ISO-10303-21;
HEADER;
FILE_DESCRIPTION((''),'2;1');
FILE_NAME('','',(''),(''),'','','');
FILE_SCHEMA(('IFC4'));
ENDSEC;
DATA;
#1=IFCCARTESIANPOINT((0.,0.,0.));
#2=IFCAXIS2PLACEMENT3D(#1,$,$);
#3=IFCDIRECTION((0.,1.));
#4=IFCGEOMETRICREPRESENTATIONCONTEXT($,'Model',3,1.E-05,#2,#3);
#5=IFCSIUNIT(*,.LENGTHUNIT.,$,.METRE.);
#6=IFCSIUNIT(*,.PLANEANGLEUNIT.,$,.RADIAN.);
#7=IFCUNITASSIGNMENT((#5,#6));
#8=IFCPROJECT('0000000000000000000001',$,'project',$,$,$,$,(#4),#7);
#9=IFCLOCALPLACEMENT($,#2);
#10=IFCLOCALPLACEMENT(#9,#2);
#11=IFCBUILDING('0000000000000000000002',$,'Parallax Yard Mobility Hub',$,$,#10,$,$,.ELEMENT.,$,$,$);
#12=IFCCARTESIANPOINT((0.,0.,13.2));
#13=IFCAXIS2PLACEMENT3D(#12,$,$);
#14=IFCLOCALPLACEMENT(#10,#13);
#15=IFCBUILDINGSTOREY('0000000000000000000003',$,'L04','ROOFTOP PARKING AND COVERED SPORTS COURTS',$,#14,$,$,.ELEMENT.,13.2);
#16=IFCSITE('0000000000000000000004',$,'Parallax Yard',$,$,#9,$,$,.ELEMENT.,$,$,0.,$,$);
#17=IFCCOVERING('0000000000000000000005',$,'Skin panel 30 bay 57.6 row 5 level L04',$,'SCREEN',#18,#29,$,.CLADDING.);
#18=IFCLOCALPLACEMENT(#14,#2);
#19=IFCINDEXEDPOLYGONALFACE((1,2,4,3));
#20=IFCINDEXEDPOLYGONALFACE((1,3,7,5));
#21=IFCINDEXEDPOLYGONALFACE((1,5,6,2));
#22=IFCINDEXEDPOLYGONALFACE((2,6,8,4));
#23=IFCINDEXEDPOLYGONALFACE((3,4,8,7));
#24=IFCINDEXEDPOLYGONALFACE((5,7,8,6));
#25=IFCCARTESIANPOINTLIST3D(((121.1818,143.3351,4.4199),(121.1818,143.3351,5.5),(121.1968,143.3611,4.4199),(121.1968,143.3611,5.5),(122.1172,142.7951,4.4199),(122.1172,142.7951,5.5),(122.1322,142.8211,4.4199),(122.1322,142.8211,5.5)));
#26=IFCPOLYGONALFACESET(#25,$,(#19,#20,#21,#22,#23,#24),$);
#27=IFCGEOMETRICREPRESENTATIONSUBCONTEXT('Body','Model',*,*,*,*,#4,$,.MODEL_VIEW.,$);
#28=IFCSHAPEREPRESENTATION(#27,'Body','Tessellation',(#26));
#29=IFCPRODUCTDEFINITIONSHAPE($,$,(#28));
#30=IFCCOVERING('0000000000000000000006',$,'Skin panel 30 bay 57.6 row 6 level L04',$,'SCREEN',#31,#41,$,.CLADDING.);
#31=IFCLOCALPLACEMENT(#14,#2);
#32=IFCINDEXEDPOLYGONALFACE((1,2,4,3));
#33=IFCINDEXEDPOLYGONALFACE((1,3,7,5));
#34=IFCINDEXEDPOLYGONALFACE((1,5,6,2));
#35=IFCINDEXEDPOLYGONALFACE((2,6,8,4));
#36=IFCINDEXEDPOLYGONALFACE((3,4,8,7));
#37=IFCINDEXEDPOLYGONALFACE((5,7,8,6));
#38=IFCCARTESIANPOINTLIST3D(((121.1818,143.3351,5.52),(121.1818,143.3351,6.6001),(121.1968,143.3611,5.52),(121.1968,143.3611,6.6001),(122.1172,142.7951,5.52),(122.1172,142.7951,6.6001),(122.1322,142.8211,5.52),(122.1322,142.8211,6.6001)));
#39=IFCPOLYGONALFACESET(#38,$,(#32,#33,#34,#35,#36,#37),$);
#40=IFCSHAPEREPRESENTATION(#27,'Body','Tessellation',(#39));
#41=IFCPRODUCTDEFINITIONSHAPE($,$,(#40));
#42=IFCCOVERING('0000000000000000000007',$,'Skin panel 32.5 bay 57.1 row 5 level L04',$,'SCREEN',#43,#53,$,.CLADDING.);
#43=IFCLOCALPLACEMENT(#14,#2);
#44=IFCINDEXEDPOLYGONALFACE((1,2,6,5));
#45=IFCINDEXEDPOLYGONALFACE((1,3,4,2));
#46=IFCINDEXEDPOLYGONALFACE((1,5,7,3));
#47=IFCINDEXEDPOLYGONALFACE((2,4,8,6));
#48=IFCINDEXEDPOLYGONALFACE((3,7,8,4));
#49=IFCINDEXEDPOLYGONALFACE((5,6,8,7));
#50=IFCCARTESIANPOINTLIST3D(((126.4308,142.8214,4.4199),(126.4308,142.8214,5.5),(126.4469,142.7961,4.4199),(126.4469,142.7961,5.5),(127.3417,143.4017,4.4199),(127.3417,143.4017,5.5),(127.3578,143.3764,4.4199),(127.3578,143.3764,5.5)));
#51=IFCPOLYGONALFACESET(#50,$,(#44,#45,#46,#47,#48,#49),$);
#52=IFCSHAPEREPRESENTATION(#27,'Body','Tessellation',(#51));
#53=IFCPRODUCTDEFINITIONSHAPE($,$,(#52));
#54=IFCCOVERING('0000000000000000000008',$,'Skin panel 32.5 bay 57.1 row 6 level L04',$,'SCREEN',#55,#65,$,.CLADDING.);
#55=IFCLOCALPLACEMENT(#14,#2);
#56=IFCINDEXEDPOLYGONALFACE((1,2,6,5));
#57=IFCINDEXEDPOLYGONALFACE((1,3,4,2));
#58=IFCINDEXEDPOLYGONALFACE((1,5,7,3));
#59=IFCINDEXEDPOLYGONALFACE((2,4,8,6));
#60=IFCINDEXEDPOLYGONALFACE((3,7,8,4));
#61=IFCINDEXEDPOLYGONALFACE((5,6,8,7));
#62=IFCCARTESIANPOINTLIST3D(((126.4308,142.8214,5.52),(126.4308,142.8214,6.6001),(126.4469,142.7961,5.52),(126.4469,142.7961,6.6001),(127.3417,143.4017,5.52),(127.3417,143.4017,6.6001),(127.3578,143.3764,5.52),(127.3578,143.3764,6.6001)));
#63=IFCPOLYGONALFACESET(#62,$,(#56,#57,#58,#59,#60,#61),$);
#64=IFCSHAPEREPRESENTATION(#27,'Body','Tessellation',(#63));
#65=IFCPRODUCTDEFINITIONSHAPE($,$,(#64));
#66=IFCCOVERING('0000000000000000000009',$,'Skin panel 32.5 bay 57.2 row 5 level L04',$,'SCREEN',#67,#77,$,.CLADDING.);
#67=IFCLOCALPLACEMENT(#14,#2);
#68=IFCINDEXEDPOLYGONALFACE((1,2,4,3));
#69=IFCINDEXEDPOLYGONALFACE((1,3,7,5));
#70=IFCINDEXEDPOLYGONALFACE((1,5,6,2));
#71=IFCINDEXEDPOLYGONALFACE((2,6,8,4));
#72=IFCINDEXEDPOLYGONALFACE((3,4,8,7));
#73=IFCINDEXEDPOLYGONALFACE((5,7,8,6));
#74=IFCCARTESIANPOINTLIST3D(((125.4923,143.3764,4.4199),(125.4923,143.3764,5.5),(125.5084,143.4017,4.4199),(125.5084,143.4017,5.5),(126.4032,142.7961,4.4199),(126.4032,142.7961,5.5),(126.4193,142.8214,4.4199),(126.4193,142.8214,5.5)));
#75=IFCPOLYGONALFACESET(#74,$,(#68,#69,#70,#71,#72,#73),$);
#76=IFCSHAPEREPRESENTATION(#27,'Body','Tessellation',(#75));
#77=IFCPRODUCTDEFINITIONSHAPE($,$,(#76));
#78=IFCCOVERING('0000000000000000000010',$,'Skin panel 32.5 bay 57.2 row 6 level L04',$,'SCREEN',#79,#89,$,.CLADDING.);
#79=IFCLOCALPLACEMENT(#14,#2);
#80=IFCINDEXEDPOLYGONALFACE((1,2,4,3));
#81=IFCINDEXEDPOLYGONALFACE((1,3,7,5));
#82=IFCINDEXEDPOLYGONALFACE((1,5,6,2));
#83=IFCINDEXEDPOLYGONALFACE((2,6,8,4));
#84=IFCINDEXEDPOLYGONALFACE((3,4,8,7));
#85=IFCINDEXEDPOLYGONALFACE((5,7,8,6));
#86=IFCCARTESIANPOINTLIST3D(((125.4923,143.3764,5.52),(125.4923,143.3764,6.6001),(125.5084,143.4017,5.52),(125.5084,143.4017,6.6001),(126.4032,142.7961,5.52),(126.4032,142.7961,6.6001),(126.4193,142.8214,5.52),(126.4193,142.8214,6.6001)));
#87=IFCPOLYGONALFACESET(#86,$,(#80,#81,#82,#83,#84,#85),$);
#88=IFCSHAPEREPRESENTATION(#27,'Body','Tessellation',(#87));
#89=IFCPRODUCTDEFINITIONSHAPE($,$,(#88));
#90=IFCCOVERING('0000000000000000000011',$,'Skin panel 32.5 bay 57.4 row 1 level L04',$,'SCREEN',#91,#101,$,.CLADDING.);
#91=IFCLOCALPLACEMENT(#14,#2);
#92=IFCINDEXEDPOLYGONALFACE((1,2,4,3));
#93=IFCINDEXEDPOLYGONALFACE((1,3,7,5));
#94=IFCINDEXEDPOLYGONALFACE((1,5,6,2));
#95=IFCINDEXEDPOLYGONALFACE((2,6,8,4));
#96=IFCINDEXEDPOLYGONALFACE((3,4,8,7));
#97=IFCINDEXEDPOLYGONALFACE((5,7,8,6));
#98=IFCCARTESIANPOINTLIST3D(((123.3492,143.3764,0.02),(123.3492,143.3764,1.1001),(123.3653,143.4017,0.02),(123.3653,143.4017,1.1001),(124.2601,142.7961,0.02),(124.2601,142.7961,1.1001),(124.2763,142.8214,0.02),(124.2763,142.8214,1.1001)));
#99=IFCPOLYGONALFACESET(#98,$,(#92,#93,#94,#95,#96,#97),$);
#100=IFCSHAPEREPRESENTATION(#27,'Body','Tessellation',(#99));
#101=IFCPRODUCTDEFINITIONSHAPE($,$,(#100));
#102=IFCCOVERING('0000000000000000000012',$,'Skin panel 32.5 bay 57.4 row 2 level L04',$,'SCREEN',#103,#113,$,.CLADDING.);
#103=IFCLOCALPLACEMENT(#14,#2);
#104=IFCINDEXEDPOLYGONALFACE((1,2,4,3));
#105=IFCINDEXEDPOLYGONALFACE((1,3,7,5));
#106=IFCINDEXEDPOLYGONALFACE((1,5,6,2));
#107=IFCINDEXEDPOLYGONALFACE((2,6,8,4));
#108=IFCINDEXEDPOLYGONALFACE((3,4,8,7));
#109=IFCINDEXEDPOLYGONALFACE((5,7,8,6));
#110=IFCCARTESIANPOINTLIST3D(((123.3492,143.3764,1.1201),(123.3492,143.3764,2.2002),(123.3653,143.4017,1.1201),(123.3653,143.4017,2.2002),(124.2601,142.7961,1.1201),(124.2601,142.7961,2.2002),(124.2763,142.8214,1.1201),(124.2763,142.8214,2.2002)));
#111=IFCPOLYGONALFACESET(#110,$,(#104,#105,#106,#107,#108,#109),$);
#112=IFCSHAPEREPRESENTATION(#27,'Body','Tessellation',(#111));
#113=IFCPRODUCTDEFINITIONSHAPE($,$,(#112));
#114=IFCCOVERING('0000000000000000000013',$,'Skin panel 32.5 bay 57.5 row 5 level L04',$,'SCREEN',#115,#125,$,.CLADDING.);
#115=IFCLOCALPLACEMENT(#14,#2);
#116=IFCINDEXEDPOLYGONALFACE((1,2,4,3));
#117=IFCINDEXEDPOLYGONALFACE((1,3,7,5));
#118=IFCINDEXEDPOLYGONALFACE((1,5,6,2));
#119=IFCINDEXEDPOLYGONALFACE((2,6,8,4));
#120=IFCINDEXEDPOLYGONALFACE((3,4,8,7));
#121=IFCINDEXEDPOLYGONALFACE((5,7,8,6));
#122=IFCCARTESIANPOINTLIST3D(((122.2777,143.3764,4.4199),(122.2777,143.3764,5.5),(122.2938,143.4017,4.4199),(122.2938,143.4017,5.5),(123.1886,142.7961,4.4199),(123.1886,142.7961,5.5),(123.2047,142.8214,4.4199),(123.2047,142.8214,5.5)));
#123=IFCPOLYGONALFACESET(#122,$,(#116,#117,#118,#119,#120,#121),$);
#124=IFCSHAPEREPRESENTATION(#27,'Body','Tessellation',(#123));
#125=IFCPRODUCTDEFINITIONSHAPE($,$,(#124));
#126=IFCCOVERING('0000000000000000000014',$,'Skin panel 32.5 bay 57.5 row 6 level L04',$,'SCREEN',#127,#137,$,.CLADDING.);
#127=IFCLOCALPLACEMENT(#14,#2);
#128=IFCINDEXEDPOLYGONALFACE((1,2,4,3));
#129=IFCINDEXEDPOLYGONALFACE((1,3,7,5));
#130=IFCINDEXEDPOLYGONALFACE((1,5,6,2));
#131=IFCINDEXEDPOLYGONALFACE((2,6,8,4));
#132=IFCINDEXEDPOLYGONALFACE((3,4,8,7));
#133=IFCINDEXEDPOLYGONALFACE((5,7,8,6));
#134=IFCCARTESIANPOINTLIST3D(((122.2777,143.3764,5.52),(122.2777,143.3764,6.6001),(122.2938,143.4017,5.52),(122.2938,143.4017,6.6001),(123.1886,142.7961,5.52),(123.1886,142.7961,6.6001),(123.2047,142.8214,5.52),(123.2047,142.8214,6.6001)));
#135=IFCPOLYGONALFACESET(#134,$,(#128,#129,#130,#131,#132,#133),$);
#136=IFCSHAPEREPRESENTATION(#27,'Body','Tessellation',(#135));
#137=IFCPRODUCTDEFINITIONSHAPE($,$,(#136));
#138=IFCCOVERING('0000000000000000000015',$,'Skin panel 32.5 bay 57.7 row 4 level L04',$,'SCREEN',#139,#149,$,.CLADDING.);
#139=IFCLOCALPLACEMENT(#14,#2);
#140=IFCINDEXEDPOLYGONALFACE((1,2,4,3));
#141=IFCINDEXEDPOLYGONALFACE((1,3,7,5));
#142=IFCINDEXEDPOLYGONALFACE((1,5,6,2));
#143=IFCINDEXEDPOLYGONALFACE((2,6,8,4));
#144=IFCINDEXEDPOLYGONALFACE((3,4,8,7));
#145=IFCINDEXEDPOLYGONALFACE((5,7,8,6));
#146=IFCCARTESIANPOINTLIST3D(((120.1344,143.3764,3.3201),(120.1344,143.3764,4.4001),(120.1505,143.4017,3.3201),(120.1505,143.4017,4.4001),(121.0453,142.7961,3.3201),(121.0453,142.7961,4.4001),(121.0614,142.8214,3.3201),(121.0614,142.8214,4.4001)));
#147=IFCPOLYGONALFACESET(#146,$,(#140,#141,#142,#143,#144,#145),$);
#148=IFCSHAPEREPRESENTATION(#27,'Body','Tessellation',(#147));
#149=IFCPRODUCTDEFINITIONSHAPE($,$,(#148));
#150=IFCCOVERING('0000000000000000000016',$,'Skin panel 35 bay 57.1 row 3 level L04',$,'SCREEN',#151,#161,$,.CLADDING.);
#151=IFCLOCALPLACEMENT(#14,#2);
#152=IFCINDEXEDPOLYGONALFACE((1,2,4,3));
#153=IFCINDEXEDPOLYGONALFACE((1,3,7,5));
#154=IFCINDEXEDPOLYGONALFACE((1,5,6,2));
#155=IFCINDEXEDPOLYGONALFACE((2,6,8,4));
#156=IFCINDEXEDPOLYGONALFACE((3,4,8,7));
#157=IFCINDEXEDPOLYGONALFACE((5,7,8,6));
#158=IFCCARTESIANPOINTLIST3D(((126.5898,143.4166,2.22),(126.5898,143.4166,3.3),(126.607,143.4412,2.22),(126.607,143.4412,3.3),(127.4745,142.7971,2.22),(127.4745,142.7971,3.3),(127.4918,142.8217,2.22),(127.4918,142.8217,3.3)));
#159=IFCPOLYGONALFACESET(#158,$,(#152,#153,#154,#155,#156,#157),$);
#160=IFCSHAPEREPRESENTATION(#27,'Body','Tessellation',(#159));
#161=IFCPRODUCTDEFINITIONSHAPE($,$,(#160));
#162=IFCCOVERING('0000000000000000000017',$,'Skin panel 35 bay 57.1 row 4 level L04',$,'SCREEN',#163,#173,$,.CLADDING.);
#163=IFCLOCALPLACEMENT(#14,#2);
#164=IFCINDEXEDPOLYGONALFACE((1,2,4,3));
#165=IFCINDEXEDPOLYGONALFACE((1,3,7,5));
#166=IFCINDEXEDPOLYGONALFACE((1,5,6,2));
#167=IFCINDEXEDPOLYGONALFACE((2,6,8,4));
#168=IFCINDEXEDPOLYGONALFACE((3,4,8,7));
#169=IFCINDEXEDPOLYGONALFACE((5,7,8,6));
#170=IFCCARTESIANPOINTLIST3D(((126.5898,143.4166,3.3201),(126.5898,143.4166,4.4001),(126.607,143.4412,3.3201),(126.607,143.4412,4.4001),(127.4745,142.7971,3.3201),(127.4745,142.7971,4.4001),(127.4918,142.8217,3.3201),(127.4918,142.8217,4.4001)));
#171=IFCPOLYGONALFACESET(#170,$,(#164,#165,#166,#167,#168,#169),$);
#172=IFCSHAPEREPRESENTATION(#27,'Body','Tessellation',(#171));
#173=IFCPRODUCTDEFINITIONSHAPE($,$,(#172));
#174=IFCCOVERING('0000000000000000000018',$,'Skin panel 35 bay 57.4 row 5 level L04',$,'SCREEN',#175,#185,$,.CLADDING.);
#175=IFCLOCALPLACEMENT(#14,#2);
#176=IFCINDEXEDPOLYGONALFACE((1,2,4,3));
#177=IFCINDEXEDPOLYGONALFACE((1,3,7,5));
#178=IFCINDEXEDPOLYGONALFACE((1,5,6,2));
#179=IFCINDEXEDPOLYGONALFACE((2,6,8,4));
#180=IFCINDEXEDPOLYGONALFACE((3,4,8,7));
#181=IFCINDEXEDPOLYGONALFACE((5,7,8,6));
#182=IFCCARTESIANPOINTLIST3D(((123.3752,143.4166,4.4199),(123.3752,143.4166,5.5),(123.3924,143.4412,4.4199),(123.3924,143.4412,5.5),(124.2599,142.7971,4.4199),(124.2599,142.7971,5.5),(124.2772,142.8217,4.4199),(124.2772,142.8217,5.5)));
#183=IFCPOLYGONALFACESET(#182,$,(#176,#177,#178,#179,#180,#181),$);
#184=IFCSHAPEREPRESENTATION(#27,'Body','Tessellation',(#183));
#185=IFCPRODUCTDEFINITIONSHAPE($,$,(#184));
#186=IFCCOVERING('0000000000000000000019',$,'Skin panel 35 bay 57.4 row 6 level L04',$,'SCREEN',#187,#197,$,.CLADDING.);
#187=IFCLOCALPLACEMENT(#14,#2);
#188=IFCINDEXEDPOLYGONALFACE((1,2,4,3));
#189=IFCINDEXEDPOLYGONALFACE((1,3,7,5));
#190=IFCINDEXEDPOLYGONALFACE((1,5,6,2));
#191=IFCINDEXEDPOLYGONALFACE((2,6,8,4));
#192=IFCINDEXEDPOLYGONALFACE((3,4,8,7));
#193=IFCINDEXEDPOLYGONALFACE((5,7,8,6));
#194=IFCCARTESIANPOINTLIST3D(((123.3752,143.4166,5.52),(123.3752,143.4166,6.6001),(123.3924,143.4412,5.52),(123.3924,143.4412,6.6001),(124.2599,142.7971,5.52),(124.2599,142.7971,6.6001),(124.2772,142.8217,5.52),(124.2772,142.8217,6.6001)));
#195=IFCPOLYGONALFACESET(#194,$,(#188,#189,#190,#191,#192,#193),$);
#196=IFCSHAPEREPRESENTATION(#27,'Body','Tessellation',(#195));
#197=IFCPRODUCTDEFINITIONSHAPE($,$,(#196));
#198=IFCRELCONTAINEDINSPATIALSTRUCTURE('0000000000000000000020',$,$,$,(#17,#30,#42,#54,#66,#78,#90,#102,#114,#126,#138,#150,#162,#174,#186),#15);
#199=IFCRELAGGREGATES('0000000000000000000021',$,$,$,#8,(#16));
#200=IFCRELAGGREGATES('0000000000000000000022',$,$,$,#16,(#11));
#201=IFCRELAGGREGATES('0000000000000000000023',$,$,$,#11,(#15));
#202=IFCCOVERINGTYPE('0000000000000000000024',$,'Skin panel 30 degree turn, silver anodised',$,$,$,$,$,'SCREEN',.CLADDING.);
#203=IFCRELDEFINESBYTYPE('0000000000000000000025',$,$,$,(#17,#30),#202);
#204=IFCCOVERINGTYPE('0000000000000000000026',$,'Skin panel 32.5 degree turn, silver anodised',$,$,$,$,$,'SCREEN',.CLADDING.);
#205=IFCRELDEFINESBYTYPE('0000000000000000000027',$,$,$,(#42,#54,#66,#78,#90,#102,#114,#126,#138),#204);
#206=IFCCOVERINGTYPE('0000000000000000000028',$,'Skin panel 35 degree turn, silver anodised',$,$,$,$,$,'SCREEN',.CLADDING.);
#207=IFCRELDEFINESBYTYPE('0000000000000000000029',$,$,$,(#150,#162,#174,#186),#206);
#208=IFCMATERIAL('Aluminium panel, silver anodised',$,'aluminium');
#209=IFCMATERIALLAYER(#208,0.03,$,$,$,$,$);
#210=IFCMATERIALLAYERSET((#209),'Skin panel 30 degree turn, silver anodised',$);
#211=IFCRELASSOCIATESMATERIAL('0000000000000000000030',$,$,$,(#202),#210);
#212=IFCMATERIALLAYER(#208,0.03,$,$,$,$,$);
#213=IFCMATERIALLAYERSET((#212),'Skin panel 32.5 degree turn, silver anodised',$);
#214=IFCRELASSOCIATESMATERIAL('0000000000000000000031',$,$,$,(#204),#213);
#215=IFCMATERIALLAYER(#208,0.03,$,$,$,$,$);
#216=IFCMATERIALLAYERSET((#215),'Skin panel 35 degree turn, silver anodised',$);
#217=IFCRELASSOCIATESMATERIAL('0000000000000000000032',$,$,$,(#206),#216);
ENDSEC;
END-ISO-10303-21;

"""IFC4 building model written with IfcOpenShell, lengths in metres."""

from ifc_helpers import new_model, si_unit, direction, frame, origin, origin_2d, place, context, subcontext, project, spatial, rectangle, extrude, material, layer, layer_set, type_object, element, save


model = new_model("IFC4")

# Units and contexts
model_context = context("Model", 3, precision=1e-05, world=origin(), true_north=direction((0.0, 1.0)))
body_context = subcontext(model_context, "Body", "Model", "MODEL_VIEW")
ifc_project = project(units=[si_unit("LENGTHUNIT", "METRE"), si_unit("PLANEANGLEUNIT", "RADIAN")], contexts=[model_context])

# Site, building, storey
site_placement = place(None, origin())
site = spatial("IfcSite", under=ifc_project, at=site_placement, Name="Parallax Yard", CompositionType="ELEMENT", RefElevation=0.0)
building_placement = place(site_placement, origin())
building = spatial("IfcBuilding", under=site, at=building_placement, Name="Parallax Yard Mobility Hub", CompositionType="ELEMENT")
storey_placement = place(building_placement, frame((0.0, 0.0, 13.2)))
storey = spatial("IfcBuildingStorey", under=building, at=storey_placement, Name="L04", Description="ROOFTOP PARKING AND COVERED SPORTS COURTS", CompositionType="ELEMENT", Elevation=13.2)

# Coverings
ifc_material = material(Name="Aluminium panel, silver anodised", Category="aluminium")
ifc_layer_1 = layer(ifc_material, 0.03)
ifc_layer_set_1 = layer_set([ifc_layer_1], Name="Skin panel 30 degree turn, silver anodised")
covering_type_1 = type_object("IfcCoveringType", Name="Skin panel 30 degree turn, silver anodised", ElementType="SCREEN", PredefinedType="CLADDING", material=ifc_layer_set_1)
for number, where, z_axis, x_axis, name in (
    (1, (121.657, 143.0781, 4.4199), (0.0, 0.0, 1.0), (-0.866025, 0.5, 0.0), "Skin panel 30 bay 57.6 row 5 level L04"),
    (2, (121.657, 143.0781, 5.52), (0.0, 0.0, 1.0), (-0.866025, 0.5, 0.0), "Skin panel 30 bay 57.6 row 6 level L04"),
):
    element("IfcCovering", number, at=place(storey_placement, frame(where, z_axis=z_axis, x_axis=x_axis)), inside=storey, type_object=covering_type_1, Name=name, ObjectType="SCREEN", PredefinedType="CLADDING", context=body_context, shape_type="SweptSolid", body=[
        extrude(rectangle(XDim=1.0801, YDim=0.03, at=origin_2d()), origin(), (0.0, 0.0, 1.0), 1.0801),
    ])
ifc_layer_2 = layer(ifc_material, 0.03)
ifc_layer_set_2 = layer_set([ifc_layer_2], Name="Skin panel 32.5 degree turn, silver anodised")
covering_type_2 = type_object("IfcCoveringType", Name="Skin panel 32.5 degree turn, silver anodised", ElementType="SCREEN", PredefinedType="CLADDING", material=ifc_layer_set_2)
for number, where, z_axis, x_axis, name in (
    (3, (126.8943, 143.0989, 4.4199), (0.0, 0.0, 1.0), (0.843391, 0.5373, 0.0), "Skin panel 32.5 bay 57.1 row 5 level L04"),
    (4, (126.8943, 143.0989, 5.52), (0.0, 0.0, 1.0), (0.843391, 0.5373, 0.0), "Skin panel 32.5 bay 57.1 row 6 level L04"),
    (5, (125.9558, 143.0989, 4.4199), (0.0, 0.0, 1.0), (-0.843391, 0.5373, 0.0), "Skin panel 32.5 bay 57.2 row 5 level L04"),
    (6, (125.9558, 143.0989, 5.52), (0.0, 0.0, 1.0), (-0.843391, 0.5373, 0.0), "Skin panel 32.5 bay 57.2 row 6 level L04"),
    (7, (123.8127, 143.0989, 0.02), (0.0, 0.0, 1.0), (-0.843391, 0.5373, 0.0), "Skin panel 32.5 bay 57.4 row 1 level L04"),
    (8, (123.8127, 143.0989, 1.1201), (0.0, 0.0, 1.0), (-0.843391, 0.5373, 0.0), "Skin panel 32.5 bay 57.4 row 2 level L04"),
    (9, (122.7412, 143.0989, 4.4199), (0.0, 0.0, 1.0), (-0.843391, 0.5373, 0.0), "Skin panel 32.5 bay 57.5 row 5 level L04"),
    (10, (122.7412, 143.0989, 5.52), (0.0, 0.0, 1.0), (-0.843391, 0.5373, 0.0), "Skin panel 32.5 bay 57.5 row 6 level L04"),
    (11, (120.5979, 143.0989, 3.3201), (0.0, 0.0, 1.0), (-0.843391, 0.5373, 0.0), "Skin panel 32.5 bay 57.7 row 4 level L04"),
):
    element("IfcCovering", number, at=place(storey_placement, frame(where, z_axis=z_axis, x_axis=x_axis)), inside=storey, type_object=covering_type_2, Name=name, ObjectType="SCREEN", PredefinedType="CLADDING", context=body_context, shape_type="SweptSolid", body=[
        extrude(rectangle(XDim=1.0801, YDim=0.03, at=origin_2d()), origin(), (0.0, 0.0, 1.0), 1.0801),
    ])
ifc_layer_3 = layer(ifc_material, 0.03)
ifc_layer_set_3 = layer_set([ifc_layer_3], Name="Skin panel 35 degree turn, silver anodised")
covering_type_3 = type_object("IfcCoveringType", Name="Skin panel 35 degree turn, silver anodised", ElementType="SCREEN", PredefinedType="CLADDING", material=ifc_layer_set_3)
for number, where, z_axis, x_axis, name in (
    (12, (127.0408, 143.1191, 2.22), (0.0, 0.0, 1.0), (-0.819152, 0.573576, 0.0), "Skin panel 35 bay 57.1 row 3 level L04"),
    (13, (127.0408, 143.1191, 3.3201), (0.0, 0.0, 1.0), (-0.819152, 0.573576, 0.0), "Skin panel 35 bay 57.1 row 4 level L04"),
    (14, (123.8262, 143.1191, 4.4199), (0.0, 0.0, 1.0), (-0.819152, 0.573576, 0.0), "Skin panel 35 bay 57.4 row 5 level L04"),
    (15, (123.8262, 143.1191, 5.52), (0.0, 0.0, 1.0), (-0.819152, 0.573576, 0.0), "Skin panel 35 bay 57.4 row 6 level L04"),
):
    element("IfcCovering", number, at=place(storey_placement, frame(where, z_axis=z_axis, x_axis=x_axis)), inside=storey, type_object=covering_type_3, Name=name, ObjectType="SCREEN", PredefinedType="CLADDING", context=body_context, shape_type="SweptSolid", body=[
        extrude(rectangle(XDim=1.0801, YDim=0.03, at=origin_2d()), origin(), (0.0, 0.0, 1.0), 1.0801),
    ])

save(model, "model.ifc")
